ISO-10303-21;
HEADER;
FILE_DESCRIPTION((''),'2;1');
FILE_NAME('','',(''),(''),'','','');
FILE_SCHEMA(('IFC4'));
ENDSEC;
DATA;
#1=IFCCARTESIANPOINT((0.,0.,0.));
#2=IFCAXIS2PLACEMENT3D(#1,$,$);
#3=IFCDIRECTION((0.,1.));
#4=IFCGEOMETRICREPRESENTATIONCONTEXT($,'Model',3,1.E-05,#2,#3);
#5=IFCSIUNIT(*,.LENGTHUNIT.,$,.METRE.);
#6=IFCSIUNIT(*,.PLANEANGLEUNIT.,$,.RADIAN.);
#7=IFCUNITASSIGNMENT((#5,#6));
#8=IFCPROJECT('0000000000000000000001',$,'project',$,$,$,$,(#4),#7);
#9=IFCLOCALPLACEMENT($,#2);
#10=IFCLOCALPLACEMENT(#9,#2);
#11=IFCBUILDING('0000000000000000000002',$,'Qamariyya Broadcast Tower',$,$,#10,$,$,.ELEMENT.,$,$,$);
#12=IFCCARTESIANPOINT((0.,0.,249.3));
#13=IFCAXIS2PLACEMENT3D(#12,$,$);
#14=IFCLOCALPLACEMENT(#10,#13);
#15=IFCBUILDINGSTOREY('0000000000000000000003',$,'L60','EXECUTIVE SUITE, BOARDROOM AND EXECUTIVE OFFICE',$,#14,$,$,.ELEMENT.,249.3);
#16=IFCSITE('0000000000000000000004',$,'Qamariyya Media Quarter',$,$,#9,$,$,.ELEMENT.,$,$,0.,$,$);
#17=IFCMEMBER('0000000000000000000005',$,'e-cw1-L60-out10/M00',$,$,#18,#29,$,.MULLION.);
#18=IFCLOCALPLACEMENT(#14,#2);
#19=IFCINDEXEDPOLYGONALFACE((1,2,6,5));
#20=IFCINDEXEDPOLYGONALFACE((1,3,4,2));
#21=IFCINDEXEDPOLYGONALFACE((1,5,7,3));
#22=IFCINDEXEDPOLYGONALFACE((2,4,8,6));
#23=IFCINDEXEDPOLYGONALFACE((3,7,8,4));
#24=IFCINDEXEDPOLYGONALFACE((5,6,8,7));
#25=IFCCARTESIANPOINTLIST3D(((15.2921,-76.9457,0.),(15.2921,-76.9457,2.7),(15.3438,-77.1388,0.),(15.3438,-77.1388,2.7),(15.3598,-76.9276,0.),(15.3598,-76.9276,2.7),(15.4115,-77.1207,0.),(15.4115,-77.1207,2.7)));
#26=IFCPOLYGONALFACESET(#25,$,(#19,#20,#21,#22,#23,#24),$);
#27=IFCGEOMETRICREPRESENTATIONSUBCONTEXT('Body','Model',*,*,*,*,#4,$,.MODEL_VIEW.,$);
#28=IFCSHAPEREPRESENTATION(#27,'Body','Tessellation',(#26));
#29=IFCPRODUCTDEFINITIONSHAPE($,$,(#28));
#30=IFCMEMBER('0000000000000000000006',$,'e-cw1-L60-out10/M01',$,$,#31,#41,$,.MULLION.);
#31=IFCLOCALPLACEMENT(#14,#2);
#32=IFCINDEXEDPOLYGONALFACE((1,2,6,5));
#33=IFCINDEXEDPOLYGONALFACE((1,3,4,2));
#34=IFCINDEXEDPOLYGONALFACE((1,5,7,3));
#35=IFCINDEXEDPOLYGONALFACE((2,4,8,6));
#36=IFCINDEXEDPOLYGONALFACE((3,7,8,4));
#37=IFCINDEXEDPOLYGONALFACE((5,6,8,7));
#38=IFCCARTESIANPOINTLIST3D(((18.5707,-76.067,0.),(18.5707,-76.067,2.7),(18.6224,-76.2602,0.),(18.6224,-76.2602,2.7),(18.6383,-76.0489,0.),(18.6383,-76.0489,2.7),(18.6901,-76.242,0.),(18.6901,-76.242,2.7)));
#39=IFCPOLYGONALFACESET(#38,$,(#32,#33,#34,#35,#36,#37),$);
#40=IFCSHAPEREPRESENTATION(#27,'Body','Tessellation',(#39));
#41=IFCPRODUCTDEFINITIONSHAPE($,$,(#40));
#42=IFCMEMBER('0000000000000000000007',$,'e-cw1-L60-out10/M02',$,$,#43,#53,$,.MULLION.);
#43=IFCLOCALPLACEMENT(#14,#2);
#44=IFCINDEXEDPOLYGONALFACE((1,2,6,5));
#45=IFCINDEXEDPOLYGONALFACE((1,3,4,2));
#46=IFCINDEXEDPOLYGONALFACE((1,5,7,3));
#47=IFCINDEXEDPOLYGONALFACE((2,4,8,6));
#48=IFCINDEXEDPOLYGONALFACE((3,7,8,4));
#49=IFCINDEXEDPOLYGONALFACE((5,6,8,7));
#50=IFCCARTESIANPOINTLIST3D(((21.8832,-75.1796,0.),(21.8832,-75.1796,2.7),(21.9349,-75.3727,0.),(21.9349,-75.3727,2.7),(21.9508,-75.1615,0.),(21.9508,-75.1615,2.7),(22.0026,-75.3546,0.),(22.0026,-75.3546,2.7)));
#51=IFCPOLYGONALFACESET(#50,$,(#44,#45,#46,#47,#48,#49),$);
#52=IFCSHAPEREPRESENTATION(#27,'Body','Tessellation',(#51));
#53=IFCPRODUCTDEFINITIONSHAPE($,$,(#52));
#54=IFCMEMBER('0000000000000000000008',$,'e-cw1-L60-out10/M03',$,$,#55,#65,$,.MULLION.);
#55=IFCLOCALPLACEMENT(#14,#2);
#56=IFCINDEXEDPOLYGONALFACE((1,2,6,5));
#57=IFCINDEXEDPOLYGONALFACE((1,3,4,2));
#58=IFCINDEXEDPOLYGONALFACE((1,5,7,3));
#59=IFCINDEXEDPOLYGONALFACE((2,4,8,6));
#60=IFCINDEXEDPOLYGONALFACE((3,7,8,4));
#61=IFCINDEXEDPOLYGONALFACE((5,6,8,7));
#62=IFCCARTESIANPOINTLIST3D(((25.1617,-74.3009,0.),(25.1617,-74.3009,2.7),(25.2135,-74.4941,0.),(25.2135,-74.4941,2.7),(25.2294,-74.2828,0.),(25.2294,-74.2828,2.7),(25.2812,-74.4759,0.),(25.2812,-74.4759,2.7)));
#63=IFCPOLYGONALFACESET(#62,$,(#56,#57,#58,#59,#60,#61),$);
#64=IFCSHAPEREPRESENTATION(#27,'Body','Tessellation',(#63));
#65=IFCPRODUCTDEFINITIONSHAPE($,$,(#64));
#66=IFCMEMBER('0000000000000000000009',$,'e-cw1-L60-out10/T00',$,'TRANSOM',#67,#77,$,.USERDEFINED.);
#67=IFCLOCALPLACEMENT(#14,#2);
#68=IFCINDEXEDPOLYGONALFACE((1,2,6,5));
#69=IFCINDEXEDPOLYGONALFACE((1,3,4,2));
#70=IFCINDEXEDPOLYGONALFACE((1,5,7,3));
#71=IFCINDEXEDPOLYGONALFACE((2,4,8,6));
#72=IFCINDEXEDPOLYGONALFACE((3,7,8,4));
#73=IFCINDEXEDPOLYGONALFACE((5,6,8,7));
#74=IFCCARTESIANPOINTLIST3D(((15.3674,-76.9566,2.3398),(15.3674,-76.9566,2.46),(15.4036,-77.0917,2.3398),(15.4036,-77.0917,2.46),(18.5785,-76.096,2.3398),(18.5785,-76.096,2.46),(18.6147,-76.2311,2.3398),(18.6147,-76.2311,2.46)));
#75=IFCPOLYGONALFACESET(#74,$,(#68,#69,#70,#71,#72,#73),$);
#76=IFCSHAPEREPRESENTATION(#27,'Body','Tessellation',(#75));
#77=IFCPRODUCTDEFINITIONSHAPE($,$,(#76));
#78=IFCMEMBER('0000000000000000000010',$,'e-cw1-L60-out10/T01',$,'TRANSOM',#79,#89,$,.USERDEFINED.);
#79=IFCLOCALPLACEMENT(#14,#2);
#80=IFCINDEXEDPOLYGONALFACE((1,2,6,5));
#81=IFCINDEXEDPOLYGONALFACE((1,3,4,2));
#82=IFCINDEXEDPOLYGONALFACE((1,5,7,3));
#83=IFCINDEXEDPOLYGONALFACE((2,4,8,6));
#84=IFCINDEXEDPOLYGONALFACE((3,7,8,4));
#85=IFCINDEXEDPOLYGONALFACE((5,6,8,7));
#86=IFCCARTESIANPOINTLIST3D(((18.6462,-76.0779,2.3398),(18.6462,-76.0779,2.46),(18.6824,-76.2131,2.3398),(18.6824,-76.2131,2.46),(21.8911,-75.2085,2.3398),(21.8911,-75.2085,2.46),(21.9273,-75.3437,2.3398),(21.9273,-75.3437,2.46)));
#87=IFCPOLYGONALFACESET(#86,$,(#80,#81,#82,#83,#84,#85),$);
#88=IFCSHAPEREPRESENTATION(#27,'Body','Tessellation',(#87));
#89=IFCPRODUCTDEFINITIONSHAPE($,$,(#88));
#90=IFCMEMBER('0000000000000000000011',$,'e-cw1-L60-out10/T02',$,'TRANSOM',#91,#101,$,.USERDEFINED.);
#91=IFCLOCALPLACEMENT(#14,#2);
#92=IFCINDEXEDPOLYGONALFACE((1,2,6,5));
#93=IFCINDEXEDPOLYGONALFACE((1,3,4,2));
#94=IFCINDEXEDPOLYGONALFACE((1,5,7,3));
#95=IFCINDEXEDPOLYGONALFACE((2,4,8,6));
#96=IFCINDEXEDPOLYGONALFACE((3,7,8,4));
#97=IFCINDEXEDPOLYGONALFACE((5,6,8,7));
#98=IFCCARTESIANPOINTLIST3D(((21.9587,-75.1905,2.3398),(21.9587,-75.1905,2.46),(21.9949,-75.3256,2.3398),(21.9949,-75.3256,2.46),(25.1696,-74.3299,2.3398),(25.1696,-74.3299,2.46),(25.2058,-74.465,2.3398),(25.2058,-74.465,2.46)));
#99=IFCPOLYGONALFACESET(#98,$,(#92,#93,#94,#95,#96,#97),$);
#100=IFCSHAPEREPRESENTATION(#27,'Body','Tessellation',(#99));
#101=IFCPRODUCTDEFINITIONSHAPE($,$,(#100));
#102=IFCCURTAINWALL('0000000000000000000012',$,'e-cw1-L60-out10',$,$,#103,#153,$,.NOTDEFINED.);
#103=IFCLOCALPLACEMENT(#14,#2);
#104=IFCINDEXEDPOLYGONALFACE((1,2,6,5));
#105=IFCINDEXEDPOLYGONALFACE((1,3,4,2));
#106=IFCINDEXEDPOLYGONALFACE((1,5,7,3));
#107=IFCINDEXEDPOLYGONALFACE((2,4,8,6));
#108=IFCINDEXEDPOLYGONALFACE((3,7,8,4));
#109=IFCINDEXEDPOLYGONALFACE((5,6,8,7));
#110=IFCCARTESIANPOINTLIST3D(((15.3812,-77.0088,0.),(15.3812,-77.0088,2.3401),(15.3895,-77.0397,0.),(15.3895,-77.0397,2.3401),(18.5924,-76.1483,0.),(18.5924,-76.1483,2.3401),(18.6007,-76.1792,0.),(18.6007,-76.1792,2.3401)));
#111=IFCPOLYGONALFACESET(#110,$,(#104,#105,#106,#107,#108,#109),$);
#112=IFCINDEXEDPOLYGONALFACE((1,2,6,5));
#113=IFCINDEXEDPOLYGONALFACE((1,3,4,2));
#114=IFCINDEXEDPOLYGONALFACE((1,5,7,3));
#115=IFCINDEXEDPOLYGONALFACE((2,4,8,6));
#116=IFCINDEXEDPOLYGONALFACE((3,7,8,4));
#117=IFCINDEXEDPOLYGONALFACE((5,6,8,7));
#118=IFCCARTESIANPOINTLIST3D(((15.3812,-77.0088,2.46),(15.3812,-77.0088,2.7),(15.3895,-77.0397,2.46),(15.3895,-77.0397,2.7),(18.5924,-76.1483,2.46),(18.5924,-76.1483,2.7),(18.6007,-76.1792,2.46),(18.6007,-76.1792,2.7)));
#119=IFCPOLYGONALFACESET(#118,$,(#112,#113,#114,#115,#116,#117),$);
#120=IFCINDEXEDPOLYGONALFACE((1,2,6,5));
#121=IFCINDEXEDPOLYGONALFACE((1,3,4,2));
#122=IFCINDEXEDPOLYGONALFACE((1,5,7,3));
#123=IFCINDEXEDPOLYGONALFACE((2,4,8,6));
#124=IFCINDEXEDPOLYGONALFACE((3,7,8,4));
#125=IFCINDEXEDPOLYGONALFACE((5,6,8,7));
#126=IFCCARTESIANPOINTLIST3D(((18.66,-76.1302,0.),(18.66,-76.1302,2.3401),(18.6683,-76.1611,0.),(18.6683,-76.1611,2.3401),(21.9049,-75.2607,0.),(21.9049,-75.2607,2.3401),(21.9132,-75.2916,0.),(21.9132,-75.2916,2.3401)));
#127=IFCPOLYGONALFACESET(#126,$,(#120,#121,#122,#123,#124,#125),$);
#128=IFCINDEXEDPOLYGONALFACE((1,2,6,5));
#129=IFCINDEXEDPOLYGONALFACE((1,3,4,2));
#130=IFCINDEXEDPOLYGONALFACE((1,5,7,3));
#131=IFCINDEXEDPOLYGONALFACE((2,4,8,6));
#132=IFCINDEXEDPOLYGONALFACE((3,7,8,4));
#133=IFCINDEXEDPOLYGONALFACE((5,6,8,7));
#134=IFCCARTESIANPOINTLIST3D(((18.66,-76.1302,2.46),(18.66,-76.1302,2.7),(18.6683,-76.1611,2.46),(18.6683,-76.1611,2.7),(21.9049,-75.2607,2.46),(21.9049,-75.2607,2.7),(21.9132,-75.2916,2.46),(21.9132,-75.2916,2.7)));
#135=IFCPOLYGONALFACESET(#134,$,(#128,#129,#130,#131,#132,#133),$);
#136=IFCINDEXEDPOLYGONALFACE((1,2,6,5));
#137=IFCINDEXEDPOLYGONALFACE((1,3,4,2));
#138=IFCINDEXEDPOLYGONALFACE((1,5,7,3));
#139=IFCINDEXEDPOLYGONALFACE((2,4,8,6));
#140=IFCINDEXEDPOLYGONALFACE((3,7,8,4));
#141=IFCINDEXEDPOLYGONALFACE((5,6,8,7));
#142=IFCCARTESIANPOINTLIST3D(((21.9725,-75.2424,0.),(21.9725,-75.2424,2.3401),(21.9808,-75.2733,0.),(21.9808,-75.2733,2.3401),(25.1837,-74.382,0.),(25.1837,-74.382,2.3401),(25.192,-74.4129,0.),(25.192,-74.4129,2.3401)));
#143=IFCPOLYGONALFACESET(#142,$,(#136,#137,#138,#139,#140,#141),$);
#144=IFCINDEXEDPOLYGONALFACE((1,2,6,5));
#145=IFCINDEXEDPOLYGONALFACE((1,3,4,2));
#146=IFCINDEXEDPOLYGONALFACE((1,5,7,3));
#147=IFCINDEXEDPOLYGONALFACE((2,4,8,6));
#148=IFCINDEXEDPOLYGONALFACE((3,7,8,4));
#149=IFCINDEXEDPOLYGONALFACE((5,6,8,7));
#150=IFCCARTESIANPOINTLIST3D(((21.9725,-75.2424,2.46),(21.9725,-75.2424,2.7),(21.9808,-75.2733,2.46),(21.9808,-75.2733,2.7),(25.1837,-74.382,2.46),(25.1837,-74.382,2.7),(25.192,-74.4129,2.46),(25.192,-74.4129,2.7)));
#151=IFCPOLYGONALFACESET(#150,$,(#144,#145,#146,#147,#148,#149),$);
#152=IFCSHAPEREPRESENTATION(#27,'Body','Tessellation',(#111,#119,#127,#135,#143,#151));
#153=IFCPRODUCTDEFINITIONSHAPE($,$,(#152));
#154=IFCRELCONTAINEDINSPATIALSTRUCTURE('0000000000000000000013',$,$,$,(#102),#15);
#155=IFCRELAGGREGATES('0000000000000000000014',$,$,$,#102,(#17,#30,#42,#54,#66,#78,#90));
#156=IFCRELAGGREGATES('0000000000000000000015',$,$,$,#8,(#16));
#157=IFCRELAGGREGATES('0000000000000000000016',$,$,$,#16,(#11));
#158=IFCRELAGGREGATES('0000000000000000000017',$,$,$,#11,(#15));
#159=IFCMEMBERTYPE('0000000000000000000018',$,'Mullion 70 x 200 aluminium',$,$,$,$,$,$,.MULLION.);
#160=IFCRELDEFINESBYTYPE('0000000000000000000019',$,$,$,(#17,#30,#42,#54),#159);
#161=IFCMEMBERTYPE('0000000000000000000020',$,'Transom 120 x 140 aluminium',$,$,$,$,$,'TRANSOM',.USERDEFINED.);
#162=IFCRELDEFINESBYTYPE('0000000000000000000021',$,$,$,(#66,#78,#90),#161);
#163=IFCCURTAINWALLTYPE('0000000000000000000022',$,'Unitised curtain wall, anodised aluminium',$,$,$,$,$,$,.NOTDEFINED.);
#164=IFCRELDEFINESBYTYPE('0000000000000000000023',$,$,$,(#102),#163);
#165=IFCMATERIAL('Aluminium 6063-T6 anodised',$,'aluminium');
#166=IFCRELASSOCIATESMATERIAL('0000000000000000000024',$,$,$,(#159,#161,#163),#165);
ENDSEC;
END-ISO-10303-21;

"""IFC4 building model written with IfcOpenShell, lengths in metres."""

from ifc_helpers import new_model, si_unit, direction, frame, origin, origin_2d, place, context, subcontext, project, spatial, rectangle, extrude, material, material_profile, profile_set, type_object, element, aggregate, save


model = new_model("IFC4")

# Units and contexts
model_context = context("Model", 3, precision=1e-05, world=origin(), true_north=direction((0.0, 1.0)))
body_context = subcontext(model_context, "Body", "Model", "MODEL_VIEW")
ifc_project = project(units=[si_unit("LENGTHUNIT", "METRE"), si_unit("PLANEANGLEUNIT", "RADIAN")], contexts=[model_context])

# Members
ifc_material = material(Name="Aluminium 6063-T6 anodised", Category="aluminium")
ifc_material_profile_1 = material_profile(ifc_material, rectangle(XDim=0.2, YDim=0.0701, at=origin_2d()))
ifc_profile_set_1 = profile_set([ifc_material_profile_1], Name="Aluminium 6063-T6 anodised")
member_type_1 = type_object("IfcMemberType", Name="Mullion 70 x 200 aluminium", PredefinedType="MULLION", material=ifc_profile_set_1)
site_placement = place(None, origin())
building_placement = place(site_placement, origin())
storey_placement = place(building_placement, frame((0.0, 0.0, 249.3)))
member_1_placement = place(storey_placement, frame((15.3518, -77.0332, 0.0), z_axis=(0.0, 0.0, 1.0), x_axis=(-0.258819, 0.965926, 0.0)))
member_1 = element("IfcMember", 1, at=member_1_placement, type_object=member_type_1, Name="e-cw1-L60-out10/M00", PredefinedType="MULLION", context=body_context, shape_type="SweptSolid", body=[
    extrude(rectangle(XDim=0.2, YDim=0.0701, at=origin_2d()), origin(), (0.0, 0.0, 1.0), 2.7),
])
member_2_placement = place(storey_placement, frame((18.6304, -76.1545, 0.0), z_axis=(0.0, 0.0, 1.0), x_axis=(-0.258819, 0.965926, 0.0)))
member_2 = element("IfcMember", 2, at=member_2_placement, type_object=member_type_1, Name="e-cw1-L60-out10/M01", PredefinedType="MULLION", context=body_context, shape_type="SweptSolid", body=[
    extrude(rectangle(XDim=0.2, YDim=0.0701, at=origin_2d()), origin(), (0.0, 0.0, 1.0), 2.7),
])
member_3_placement = place(storey_placement, frame((21.9429, -75.2671, 0.0), z_axis=(0.0, 0.0, 1.0), x_axis=(-0.258819, 0.965926, 0.0)))
member_3 = element("IfcMember", 3, at=member_3_placement, type_object=member_type_1, Name="e-cw1-L60-out10/M02", PredefinedType="MULLION", context=body_context, shape_type="SweptSolid", body=[
    extrude(rectangle(XDim=0.2, YDim=0.0701, at=origin_2d()), origin(), (0.0, 0.0, 1.0), 2.7),
])
member_4_placement = place(storey_placement, frame((25.2214, -74.3884, 0.0), z_axis=(0.0, 0.0, 1.0), x_axis=(-0.258819, 0.965926, 0.0)))
member_4 = element("IfcMember", 4, at=member_4_placement, type_object=member_type_1, Name="e-cw1-L60-out10/M03", PredefinedType="MULLION", context=body_context, shape_type="SweptSolid", body=[
    extrude(rectangle(XDim=0.2, YDim=0.0701, at=origin_2d()), origin(), (0.0, 0.0, 1.0), 2.7),
])
ifc_material_profile_2 = material_profile(ifc_material, rectangle(XDim=0.1399, YDim=0.1201, at=origin_2d()))
ifc_profile_set_2 = profile_set([ifc_material_profile_2], Name="Aluminium 6063-T6 anodised")
member_type_2 = type_object("IfcMemberType", Name="Transom 120 x 140 aluminium", ElementType="TRANSOM", PredefinedType="USERDEFINED", material=ifc_profile_set_2)
member_5_placement = place(storey_placement, frame((15.3855, -77.0242, 2.3999), z_axis=(0.965914, 0.258865, 0.0), x_axis=(-0.258865, 0.965914, 0.0)))
member_5 = element("IfcMember", 5, at=member_5_placement, type_object=member_type_2, Name="e-cw1-L60-out10/T00", ObjectType="TRANSOM", PredefinedType="USERDEFINED", context=body_context, shape_type="SweptSolid", body=[
    extrude(rectangle(XDim=0.1399, YDim=0.1201, at=origin_2d()), origin(), (0.0, 0.0, 1.0), 3.3245),
])
member_6_placement = place(storey_placement, frame((18.6643, -76.1455, 2.3999), z_axis=(0.965932, 0.258798, 0.0), x_axis=(-0.258798, 0.965932, 0.0)))
member_6 = element("IfcMember", 6, at=member_6_placement, type_object=member_type_2, Name="e-cw1-L60-out10/T01", ObjectType="TRANSOM", PredefinedType="USERDEFINED", context=body_context, shape_type="SweptSolid", body=[
    extrude(rectangle(XDim=0.1399, YDim=0.1201, at=origin_2d()), origin(), (0.0, 0.0, 1.0), 3.3594),
])
member_7_placement = place(storey_placement, frame((21.9768, -75.2581, 2.3999), z_axis=(0.965909, 0.258883, 0.0), x_axis=(-0.258883, 0.965909, 0.0)))
member_7 = element("IfcMember", 7, at=member_7_placement, type_object=member_type_2, Name="e-cw1-L60-out10/T02", ObjectType="TRANSOM", PredefinedType="USERDEFINED", context=body_context, shape_type="SweptSolid", body=[
    extrude(rectangle(XDim=0.1399, YDim=0.1201, at=origin_2d()), origin(), (0.0, 0.0, 1.0), 3.3242),
])

# Site, building, storey
site = spatial("IfcSite", under=ifc_project, at=site_placement, Name="Qamariyya Media Quarter", CompositionType="ELEMENT", RefElevation=0.0)
building = spatial("IfcBuilding", under=site, at=building_placement, Name="Qamariyya Broadcast Tower", CompositionType="ELEMENT")
storey = spatial("IfcBuildingStorey", under=building, at=storey_placement, Name="L60", Description="EXECUTIVE SUITE, BOARDROOM AND EXECUTIVE OFFICE", CompositionType="ELEMENT", Elevation=249.3)

# Curtain wall
curtain_wall_type = type_object("IfcCurtainWallType", Name="Unitised curtain wall, anodised aluminium", PredefinedType="NOTDEFINED", material=ifc_material)
curtain_wall_1_placement = place(storey_placement, origin())
curtain_wall_1 = element("IfcCurtainWall", 8, at=curtain_wall_1_placement, inside=storey, type_object=curtain_wall_type, Name="e-cw1-L60-out10", PredefinedType="NOTDEFINED", context=body_context, shape_type="SweptSolid", body=[
    extrude(rectangle(XDim=3.3245, YDim=0.032, at=origin_2d()), frame((16.991, -76.594, 0.0), x_axis=(0.965923, 0.258828, 0.0)), (0.0, 0.0, 1.0), 2.3401),
    extrude(rectangle(XDim=3.3245, YDim=0.032, at=origin_2d()), frame((16.991, -76.594, 2.46), x_axis=(0.965923, 0.258828, 0.0)), (0.0, 0.0, 1.0), 0.24),
    extrude(rectangle(XDim=3.3594, YDim=0.032, at=origin_2d()), frame((20.2866, -75.7109, 0.0), x_axis=(0.965923, 0.258828, 0.0)), (0.0, 0.0, 1.0), 2.3401),
    extrude(rectangle(XDim=3.3594, YDim=0.032, at=origin_2d()), frame((20.2866, -75.7109, 2.46), x_axis=(0.965923, 0.258828, 0.0)), (0.0, 0.0, 1.0), 0.24),
    extrude(rectangle(XDim=3.3245, YDim=0.032, at=origin_2d()), frame((23.5823, -74.8276, 0.0), x_axis=(0.965923, 0.258828, 0.0)), (0.0, 0.0, 1.0), 2.3401),
    extrude(rectangle(XDim=3.3245, YDim=0.032, at=origin_2d()), frame((23.5823, -74.8276, 2.46), x_axis=(0.965923, 0.258828, 0.0)), (0.0, 0.0, 1.0), 0.24),
])
aggregate(curtain_wall_1, [member_1, member_2, member_3, member_4, member_5, member_6, member_7])

save(model, "model.ifc")
